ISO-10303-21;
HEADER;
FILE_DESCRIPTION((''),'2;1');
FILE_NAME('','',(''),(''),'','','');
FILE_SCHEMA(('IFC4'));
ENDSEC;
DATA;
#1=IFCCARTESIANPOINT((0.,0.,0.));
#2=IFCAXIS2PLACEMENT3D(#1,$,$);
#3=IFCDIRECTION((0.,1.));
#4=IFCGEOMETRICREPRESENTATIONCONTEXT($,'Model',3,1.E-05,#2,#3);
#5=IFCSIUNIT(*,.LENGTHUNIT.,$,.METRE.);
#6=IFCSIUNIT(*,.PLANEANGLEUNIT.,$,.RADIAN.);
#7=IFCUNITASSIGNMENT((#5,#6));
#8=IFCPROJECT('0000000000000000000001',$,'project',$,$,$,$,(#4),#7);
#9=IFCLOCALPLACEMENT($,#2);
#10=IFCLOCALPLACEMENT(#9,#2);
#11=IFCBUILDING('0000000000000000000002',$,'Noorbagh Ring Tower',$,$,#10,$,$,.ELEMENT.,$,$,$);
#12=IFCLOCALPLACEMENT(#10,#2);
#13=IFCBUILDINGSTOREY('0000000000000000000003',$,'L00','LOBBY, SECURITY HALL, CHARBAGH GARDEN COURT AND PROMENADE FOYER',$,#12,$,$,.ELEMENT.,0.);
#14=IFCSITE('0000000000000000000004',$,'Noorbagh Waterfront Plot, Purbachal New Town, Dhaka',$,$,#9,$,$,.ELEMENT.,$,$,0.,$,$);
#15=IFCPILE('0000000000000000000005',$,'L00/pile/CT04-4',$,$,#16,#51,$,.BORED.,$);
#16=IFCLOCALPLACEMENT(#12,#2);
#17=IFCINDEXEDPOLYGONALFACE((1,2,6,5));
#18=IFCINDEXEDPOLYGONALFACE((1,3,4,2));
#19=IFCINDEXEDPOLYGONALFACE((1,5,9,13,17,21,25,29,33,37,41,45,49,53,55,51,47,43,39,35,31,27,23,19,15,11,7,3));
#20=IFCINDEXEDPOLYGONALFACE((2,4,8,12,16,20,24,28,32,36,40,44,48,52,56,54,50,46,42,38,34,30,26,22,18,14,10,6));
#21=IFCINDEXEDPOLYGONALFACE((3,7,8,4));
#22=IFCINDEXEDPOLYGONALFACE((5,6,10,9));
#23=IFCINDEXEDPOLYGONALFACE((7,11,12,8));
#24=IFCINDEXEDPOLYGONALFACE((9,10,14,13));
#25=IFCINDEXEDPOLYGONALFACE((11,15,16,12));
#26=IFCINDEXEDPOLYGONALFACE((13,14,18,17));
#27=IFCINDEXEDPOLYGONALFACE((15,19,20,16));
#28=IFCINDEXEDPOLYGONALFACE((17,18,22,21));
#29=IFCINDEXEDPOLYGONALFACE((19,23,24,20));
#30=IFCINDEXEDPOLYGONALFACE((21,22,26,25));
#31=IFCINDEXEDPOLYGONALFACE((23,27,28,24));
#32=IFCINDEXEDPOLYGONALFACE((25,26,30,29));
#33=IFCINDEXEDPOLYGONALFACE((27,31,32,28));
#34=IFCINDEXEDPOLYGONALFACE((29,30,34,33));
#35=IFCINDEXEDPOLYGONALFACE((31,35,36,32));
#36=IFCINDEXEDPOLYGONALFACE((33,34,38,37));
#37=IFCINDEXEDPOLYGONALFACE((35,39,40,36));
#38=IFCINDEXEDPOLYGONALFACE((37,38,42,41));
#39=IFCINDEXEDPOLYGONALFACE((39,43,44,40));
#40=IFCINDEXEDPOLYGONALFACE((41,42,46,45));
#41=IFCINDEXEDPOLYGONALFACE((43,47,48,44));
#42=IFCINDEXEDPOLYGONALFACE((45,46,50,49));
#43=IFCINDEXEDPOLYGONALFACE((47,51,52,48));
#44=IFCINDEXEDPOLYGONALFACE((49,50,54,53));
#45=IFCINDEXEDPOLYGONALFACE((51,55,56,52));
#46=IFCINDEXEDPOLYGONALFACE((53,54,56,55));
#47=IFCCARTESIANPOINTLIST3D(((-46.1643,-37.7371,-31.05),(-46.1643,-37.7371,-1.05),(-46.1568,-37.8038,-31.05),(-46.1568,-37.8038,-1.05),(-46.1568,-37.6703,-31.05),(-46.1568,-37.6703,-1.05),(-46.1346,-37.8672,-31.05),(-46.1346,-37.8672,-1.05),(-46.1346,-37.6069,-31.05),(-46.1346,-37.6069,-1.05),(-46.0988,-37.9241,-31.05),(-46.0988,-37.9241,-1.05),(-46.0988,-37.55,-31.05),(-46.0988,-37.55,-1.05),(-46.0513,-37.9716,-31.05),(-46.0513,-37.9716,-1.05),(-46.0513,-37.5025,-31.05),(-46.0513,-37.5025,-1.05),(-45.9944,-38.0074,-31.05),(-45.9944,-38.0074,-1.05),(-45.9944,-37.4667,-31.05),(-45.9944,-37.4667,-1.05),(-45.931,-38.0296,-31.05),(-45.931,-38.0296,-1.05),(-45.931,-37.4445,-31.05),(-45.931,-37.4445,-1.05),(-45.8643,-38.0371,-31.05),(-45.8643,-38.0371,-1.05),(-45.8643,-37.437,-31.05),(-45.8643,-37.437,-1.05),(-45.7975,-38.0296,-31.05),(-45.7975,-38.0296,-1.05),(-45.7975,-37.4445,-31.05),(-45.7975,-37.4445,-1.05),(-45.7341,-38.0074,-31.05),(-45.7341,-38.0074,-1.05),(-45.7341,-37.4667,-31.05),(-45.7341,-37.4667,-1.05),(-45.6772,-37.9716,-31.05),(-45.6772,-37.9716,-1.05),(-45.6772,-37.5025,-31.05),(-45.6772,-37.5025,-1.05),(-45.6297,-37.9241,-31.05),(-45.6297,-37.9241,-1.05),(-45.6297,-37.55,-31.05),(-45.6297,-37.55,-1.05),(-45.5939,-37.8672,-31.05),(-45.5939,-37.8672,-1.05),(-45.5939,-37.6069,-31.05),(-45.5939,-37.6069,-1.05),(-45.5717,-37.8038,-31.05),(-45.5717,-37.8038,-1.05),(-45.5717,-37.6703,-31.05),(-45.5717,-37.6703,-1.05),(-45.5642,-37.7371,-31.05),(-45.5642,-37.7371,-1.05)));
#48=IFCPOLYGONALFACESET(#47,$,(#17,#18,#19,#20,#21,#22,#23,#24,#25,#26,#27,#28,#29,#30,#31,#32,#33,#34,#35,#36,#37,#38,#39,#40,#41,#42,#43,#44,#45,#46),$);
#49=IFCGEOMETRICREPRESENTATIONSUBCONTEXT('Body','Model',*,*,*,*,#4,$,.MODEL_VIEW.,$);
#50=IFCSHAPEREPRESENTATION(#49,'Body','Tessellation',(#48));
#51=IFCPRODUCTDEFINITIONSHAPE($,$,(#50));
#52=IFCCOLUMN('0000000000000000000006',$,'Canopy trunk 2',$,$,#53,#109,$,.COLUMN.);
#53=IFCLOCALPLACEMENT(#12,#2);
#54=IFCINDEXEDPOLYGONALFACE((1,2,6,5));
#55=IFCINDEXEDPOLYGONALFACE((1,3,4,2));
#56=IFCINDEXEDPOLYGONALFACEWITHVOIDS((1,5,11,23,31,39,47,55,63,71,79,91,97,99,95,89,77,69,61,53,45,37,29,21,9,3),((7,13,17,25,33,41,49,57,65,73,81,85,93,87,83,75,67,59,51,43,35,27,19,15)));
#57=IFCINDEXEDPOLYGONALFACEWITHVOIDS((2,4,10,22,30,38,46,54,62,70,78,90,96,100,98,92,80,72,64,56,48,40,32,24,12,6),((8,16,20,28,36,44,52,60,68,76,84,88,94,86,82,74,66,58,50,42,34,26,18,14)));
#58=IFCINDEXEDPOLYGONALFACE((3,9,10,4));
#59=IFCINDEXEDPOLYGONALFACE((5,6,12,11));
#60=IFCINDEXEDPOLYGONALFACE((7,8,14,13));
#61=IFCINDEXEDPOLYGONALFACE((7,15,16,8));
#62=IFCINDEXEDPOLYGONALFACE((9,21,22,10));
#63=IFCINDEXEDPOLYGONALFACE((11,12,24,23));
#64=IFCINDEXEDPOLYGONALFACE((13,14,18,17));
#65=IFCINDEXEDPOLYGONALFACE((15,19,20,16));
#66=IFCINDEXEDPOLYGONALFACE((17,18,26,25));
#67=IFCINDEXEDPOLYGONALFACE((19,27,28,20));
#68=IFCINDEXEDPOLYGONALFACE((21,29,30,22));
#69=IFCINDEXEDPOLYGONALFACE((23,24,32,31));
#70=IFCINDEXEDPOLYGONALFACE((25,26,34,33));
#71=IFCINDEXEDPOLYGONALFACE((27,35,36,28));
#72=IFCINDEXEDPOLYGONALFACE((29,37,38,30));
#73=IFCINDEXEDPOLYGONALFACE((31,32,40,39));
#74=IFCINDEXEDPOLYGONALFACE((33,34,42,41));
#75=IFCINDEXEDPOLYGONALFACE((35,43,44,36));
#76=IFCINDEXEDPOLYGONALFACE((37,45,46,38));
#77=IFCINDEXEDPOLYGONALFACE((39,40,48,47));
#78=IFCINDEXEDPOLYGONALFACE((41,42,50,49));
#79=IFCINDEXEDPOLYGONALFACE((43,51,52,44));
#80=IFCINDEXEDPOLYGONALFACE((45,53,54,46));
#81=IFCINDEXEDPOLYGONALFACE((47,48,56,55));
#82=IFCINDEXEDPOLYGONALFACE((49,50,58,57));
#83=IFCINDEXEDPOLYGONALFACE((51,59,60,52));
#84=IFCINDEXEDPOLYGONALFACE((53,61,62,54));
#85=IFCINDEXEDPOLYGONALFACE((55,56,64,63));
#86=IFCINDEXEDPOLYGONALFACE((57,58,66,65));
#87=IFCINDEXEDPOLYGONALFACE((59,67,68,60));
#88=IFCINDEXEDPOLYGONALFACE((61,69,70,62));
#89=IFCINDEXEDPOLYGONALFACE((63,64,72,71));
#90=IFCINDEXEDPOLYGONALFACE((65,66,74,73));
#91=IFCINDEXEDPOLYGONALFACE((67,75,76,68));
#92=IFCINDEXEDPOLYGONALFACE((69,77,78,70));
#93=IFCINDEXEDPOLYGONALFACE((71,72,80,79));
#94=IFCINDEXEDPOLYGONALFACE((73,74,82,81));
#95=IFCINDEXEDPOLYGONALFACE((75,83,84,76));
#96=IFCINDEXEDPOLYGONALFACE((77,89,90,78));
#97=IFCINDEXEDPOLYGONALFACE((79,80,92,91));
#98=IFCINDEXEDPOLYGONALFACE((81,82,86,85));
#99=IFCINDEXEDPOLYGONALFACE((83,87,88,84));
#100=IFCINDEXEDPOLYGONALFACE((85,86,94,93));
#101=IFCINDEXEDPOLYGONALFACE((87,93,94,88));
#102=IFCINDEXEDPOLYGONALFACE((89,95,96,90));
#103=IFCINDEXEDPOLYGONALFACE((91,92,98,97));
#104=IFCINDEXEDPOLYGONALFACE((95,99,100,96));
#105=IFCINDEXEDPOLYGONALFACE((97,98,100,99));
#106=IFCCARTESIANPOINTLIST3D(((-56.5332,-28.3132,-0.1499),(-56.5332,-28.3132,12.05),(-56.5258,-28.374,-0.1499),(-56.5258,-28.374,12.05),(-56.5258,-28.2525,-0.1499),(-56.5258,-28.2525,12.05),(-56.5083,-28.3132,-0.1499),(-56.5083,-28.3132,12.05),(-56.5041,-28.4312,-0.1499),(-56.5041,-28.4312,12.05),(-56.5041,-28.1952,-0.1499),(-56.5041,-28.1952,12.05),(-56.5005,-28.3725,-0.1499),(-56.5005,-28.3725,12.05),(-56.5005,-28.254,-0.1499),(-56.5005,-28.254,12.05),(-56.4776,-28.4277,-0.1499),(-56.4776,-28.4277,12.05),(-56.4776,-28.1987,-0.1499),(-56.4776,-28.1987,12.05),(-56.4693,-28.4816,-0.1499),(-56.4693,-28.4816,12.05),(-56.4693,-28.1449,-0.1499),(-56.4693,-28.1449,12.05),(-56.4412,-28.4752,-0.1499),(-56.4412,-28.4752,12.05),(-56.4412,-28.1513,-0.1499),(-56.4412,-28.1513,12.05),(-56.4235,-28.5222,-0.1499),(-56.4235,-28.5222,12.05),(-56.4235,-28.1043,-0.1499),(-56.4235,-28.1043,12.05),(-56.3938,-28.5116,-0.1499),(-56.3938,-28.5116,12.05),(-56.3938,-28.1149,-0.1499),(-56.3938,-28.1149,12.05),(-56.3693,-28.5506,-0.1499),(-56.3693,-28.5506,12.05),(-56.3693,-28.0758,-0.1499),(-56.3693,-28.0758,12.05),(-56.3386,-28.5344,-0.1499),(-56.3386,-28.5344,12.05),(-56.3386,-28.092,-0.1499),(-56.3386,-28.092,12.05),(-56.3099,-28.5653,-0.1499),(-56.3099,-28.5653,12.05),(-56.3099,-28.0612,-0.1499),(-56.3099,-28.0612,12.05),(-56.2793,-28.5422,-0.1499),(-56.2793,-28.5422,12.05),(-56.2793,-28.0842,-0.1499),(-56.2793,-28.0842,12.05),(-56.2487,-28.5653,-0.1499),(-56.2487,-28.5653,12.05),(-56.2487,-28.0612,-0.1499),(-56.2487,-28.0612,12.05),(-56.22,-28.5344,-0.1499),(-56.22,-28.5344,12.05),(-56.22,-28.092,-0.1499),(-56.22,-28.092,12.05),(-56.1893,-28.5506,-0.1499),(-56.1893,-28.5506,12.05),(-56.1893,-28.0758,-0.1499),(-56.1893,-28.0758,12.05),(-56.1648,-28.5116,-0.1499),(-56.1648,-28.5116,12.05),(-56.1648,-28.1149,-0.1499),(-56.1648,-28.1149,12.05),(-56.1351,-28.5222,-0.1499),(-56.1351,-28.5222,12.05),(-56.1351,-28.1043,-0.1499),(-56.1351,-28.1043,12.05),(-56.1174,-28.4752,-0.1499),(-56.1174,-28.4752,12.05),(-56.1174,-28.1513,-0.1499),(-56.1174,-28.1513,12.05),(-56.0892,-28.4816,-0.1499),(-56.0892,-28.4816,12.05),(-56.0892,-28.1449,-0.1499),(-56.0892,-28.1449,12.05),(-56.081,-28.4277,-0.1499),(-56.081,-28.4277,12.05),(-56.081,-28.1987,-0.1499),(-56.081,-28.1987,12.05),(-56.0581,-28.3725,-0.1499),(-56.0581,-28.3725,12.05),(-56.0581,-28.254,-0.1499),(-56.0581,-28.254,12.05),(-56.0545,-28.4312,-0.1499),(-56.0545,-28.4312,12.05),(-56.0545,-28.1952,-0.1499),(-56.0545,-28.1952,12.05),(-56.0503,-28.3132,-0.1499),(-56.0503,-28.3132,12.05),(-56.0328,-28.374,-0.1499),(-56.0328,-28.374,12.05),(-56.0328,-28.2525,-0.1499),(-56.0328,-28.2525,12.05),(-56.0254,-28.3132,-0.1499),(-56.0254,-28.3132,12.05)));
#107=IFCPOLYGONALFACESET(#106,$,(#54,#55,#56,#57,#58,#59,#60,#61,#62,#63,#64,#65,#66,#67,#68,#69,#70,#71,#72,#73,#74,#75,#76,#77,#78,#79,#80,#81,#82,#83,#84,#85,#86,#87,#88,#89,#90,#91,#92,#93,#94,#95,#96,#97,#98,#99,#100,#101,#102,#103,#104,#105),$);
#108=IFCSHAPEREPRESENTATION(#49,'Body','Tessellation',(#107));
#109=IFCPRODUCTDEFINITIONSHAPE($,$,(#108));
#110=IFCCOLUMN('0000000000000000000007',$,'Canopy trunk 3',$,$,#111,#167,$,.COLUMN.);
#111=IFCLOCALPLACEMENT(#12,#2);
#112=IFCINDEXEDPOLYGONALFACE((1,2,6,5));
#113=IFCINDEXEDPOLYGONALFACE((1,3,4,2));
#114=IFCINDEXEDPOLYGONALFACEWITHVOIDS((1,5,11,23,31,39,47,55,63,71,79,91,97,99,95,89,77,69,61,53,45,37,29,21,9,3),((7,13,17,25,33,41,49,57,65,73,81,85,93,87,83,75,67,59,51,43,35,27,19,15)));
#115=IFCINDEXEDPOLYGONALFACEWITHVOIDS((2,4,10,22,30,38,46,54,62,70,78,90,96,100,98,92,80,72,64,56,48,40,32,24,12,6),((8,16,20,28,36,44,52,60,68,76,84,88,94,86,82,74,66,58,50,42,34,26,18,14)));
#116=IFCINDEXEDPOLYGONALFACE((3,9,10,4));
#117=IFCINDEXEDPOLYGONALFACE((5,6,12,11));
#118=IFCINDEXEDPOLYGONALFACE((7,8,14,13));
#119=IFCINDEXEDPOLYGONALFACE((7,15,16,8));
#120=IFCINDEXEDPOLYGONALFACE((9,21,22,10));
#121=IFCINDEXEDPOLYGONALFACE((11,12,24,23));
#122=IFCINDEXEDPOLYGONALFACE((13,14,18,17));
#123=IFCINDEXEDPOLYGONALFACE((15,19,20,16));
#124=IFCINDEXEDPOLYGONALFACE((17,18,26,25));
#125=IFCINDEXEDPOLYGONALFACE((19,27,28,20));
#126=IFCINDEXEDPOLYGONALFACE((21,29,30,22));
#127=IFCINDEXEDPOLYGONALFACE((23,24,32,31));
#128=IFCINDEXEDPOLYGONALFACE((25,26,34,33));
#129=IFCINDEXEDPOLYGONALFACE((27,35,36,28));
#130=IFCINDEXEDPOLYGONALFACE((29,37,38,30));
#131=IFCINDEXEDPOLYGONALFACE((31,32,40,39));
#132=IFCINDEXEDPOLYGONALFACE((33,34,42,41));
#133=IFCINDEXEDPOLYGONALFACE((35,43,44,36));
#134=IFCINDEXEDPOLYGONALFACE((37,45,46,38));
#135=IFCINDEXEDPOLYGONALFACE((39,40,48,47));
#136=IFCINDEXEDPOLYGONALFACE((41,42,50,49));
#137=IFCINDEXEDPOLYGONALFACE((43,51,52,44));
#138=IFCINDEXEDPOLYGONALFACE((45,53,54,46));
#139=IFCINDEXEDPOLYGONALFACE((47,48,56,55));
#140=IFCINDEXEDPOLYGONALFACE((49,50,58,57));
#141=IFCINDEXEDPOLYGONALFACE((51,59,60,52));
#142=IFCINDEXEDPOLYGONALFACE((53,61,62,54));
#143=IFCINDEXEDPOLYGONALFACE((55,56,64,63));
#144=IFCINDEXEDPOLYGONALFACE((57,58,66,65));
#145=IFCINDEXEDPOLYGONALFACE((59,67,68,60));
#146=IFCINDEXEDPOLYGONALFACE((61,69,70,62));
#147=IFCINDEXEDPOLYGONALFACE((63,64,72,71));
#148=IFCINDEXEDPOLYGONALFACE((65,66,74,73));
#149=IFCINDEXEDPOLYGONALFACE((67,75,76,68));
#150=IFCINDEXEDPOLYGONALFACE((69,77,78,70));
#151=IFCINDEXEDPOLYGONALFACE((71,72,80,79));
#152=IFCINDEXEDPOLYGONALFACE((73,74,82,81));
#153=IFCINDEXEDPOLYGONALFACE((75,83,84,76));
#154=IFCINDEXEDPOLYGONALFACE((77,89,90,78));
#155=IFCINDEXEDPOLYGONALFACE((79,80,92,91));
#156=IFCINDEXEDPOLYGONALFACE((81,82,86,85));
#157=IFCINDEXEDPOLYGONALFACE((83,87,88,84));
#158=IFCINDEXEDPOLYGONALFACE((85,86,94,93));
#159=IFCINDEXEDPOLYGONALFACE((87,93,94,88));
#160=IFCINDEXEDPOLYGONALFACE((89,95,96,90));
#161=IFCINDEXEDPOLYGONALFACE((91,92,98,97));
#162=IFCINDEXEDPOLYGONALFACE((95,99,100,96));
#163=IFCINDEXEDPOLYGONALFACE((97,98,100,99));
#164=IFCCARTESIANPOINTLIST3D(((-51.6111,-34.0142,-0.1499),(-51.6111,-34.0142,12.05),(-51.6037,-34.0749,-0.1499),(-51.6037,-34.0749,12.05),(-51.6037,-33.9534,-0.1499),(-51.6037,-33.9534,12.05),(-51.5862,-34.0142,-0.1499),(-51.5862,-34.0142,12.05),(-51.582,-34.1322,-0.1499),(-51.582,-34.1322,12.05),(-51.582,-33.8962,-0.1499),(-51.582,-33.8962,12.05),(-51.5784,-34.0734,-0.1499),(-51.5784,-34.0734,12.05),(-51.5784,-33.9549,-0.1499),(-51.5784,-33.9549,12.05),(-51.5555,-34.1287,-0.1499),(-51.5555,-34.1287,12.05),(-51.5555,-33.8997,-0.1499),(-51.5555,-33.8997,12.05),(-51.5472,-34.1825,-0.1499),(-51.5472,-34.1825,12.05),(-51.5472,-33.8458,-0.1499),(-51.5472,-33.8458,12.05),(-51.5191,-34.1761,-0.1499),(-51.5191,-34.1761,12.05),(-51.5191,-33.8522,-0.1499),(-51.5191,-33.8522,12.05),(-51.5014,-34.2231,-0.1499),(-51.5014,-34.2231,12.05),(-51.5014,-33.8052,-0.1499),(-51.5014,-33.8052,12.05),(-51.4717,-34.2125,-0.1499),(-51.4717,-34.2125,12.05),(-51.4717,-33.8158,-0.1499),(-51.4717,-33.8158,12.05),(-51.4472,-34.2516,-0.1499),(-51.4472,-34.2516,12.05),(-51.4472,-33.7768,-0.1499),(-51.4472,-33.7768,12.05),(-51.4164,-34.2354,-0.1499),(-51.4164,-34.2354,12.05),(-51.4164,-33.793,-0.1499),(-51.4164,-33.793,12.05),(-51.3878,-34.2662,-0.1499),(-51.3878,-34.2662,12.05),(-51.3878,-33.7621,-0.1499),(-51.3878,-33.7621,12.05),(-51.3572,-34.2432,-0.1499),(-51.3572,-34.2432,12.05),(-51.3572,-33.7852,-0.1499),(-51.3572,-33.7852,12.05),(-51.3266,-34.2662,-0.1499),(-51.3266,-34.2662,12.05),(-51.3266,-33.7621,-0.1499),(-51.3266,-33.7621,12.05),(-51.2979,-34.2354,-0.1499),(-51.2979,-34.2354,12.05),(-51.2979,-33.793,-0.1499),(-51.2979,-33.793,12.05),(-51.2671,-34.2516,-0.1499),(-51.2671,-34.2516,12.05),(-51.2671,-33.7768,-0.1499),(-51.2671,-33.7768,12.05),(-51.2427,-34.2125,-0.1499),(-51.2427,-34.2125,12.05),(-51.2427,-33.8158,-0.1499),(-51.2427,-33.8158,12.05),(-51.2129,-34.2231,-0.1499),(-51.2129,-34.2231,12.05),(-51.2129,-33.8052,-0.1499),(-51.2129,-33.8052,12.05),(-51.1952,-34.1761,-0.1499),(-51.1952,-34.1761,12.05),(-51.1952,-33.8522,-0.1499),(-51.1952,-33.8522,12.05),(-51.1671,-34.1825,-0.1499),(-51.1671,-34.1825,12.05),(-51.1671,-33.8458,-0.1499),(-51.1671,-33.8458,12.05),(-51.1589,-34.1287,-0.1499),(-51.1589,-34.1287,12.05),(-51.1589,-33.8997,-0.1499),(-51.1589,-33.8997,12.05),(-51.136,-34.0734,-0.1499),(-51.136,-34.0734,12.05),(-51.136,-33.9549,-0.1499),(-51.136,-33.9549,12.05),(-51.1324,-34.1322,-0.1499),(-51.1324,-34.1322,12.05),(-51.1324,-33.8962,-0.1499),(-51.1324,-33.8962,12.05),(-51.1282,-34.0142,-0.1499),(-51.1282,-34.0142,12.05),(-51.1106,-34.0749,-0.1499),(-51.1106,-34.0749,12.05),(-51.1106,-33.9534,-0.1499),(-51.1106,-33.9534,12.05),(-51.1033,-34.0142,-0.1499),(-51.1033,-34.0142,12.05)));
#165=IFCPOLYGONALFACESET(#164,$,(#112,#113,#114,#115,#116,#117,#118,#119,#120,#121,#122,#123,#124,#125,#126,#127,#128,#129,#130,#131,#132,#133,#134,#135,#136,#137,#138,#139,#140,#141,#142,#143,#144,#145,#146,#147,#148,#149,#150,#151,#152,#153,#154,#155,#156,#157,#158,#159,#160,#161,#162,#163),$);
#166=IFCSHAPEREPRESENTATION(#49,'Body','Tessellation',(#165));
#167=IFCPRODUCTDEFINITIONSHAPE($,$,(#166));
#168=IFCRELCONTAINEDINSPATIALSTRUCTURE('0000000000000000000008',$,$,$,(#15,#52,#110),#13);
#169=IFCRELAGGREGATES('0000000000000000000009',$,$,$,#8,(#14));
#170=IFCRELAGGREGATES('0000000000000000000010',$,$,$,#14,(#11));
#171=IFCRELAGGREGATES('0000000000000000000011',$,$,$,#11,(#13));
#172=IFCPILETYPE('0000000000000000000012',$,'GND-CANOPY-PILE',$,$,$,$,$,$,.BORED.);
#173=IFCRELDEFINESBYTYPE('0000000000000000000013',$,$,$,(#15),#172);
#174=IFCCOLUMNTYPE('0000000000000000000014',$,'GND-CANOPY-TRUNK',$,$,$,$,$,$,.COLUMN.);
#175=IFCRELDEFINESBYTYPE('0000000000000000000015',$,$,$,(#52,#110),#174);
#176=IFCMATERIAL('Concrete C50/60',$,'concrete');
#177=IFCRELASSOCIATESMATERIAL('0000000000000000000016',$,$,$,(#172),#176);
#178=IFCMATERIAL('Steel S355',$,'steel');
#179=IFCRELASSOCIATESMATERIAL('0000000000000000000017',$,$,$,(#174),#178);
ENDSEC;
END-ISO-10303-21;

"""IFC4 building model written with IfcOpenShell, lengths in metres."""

from ifc_helpers import new_model, si_unit, direction, frame, origin, origin_2d, place, context, subcontext, project, spatial, circle, hollow_circle, extrude, material, material_profile, profile_set, type_object, element, save


model = new_model("IFC4")

# Units and contexts
model_context = context("Model", 3, precision=1e-05, world=origin(), true_north=direction((0.0, 1.0)))
body_context = subcontext(model_context, "Body", "Model", "MODEL_VIEW")
ifc_project = project(units=[si_unit("LENGTHUNIT", "METRE"), si_unit("PLANEANGLEUNIT", "RADIAN")], contexts=[model_context])

# Site, building, storey
site_placement = place(None, origin())
site = spatial("IfcSite", under=ifc_project, at=site_placement, Name="Noorbagh Waterfront Plot, Purbachal New Town, Dhaka", CompositionType="ELEMENT", RefElevation=0.0)
building_placement = place(site_placement, origin())
building = spatial("IfcBuilding", under=site, at=building_placement, Name="Noorbagh Ring Tower", CompositionType="ELEMENT")
storey_placement = place(building_placement, origin())
storey = spatial("IfcBuildingStorey", under=building, at=storey_placement, Name="L00", Description="LOBBY, SECURITY HALL, CHARBAGH GARDEN COURT AND PROMENADE FOYER", CompositionType="ELEMENT", Elevation=0.0)

# Pile
ifc_material_1 = material(Name="Concrete C50/60", Category="concrete")
ifc_material_profile_1 = material_profile(ifc_material_1, circle(Radius=0.3, at=origin_2d()), Name="PILE600")
ifc_profile_set_1 = profile_set([ifc_material_profile_1], Name="Concrete C50/60")
pile_type = type_object("IfcPileType", Name="GND-CANOPY-PILE", PredefinedType="BORED", material=ifc_profile_set_1)
for number, where, z_axis, x_axis, name in (
    (1, (-45.8643, -37.7371, -1.05), (0.0, 0.0, -1.0), (1.0, 0.0, 0.0), "L00/pile/CT04-4"),
):
    element("IfcPile", number, at=place(storey_placement, frame(where, z_axis=z_axis, x_axis=x_axis)), inside=storey, type_object=pile_type, Name=name, PredefinedType="BORED", context=body_context, shape_type="SweptSolid", body=[
        extrude(circle(Radius=0.3, at=origin_2d()), origin(), (0.0, 0.0, 1.0), 30.0),
    ])

# Columns
ifc_material_2 = material(Name="Steel S355", Category="steel")
ifc_material_profile_2 = material_profile(ifc_material_2, hollow_circle(Radius=0.2539, WallThickness=0.0249, at=origin_2d()), Name="CHS508x25")
ifc_profile_set_2 = profile_set([ifc_material_profile_2], Name="Steel S355")
column_type = type_object("IfcColumnType", Name="GND-CANOPY-TRUNK", PredefinedType="COLUMN", material=ifc_profile_set_2)
for number, where, z_axis, x_axis, name in (
    (2, (-56.2793, -28.3132, -0.1499), (0.0, 0.0, 1.0), (1.0, 0.0, 0.0), "Canopy trunk 2"),
    (3, (-51.3572, -34.0142, -0.1499), (0.0, 0.0, 1.0), (1.0, 0.0, 0.0), "Canopy trunk 3"),
):
    element("IfcColumn", number, at=place(storey_placement, frame(where, z_axis=z_axis, x_axis=x_axis)), inside=storey, type_object=column_type, Name=name, PredefinedType="COLUMN", context=body_context, shape_type="SweptSolid", body=[
        extrude(hollow_circle(Radius=0.2539, WallThickness=0.0249, at=origin_2d()), origin(), (0.0, 0.0, 1.0), 12.2),
    ])

save(model, "model.ifc")
